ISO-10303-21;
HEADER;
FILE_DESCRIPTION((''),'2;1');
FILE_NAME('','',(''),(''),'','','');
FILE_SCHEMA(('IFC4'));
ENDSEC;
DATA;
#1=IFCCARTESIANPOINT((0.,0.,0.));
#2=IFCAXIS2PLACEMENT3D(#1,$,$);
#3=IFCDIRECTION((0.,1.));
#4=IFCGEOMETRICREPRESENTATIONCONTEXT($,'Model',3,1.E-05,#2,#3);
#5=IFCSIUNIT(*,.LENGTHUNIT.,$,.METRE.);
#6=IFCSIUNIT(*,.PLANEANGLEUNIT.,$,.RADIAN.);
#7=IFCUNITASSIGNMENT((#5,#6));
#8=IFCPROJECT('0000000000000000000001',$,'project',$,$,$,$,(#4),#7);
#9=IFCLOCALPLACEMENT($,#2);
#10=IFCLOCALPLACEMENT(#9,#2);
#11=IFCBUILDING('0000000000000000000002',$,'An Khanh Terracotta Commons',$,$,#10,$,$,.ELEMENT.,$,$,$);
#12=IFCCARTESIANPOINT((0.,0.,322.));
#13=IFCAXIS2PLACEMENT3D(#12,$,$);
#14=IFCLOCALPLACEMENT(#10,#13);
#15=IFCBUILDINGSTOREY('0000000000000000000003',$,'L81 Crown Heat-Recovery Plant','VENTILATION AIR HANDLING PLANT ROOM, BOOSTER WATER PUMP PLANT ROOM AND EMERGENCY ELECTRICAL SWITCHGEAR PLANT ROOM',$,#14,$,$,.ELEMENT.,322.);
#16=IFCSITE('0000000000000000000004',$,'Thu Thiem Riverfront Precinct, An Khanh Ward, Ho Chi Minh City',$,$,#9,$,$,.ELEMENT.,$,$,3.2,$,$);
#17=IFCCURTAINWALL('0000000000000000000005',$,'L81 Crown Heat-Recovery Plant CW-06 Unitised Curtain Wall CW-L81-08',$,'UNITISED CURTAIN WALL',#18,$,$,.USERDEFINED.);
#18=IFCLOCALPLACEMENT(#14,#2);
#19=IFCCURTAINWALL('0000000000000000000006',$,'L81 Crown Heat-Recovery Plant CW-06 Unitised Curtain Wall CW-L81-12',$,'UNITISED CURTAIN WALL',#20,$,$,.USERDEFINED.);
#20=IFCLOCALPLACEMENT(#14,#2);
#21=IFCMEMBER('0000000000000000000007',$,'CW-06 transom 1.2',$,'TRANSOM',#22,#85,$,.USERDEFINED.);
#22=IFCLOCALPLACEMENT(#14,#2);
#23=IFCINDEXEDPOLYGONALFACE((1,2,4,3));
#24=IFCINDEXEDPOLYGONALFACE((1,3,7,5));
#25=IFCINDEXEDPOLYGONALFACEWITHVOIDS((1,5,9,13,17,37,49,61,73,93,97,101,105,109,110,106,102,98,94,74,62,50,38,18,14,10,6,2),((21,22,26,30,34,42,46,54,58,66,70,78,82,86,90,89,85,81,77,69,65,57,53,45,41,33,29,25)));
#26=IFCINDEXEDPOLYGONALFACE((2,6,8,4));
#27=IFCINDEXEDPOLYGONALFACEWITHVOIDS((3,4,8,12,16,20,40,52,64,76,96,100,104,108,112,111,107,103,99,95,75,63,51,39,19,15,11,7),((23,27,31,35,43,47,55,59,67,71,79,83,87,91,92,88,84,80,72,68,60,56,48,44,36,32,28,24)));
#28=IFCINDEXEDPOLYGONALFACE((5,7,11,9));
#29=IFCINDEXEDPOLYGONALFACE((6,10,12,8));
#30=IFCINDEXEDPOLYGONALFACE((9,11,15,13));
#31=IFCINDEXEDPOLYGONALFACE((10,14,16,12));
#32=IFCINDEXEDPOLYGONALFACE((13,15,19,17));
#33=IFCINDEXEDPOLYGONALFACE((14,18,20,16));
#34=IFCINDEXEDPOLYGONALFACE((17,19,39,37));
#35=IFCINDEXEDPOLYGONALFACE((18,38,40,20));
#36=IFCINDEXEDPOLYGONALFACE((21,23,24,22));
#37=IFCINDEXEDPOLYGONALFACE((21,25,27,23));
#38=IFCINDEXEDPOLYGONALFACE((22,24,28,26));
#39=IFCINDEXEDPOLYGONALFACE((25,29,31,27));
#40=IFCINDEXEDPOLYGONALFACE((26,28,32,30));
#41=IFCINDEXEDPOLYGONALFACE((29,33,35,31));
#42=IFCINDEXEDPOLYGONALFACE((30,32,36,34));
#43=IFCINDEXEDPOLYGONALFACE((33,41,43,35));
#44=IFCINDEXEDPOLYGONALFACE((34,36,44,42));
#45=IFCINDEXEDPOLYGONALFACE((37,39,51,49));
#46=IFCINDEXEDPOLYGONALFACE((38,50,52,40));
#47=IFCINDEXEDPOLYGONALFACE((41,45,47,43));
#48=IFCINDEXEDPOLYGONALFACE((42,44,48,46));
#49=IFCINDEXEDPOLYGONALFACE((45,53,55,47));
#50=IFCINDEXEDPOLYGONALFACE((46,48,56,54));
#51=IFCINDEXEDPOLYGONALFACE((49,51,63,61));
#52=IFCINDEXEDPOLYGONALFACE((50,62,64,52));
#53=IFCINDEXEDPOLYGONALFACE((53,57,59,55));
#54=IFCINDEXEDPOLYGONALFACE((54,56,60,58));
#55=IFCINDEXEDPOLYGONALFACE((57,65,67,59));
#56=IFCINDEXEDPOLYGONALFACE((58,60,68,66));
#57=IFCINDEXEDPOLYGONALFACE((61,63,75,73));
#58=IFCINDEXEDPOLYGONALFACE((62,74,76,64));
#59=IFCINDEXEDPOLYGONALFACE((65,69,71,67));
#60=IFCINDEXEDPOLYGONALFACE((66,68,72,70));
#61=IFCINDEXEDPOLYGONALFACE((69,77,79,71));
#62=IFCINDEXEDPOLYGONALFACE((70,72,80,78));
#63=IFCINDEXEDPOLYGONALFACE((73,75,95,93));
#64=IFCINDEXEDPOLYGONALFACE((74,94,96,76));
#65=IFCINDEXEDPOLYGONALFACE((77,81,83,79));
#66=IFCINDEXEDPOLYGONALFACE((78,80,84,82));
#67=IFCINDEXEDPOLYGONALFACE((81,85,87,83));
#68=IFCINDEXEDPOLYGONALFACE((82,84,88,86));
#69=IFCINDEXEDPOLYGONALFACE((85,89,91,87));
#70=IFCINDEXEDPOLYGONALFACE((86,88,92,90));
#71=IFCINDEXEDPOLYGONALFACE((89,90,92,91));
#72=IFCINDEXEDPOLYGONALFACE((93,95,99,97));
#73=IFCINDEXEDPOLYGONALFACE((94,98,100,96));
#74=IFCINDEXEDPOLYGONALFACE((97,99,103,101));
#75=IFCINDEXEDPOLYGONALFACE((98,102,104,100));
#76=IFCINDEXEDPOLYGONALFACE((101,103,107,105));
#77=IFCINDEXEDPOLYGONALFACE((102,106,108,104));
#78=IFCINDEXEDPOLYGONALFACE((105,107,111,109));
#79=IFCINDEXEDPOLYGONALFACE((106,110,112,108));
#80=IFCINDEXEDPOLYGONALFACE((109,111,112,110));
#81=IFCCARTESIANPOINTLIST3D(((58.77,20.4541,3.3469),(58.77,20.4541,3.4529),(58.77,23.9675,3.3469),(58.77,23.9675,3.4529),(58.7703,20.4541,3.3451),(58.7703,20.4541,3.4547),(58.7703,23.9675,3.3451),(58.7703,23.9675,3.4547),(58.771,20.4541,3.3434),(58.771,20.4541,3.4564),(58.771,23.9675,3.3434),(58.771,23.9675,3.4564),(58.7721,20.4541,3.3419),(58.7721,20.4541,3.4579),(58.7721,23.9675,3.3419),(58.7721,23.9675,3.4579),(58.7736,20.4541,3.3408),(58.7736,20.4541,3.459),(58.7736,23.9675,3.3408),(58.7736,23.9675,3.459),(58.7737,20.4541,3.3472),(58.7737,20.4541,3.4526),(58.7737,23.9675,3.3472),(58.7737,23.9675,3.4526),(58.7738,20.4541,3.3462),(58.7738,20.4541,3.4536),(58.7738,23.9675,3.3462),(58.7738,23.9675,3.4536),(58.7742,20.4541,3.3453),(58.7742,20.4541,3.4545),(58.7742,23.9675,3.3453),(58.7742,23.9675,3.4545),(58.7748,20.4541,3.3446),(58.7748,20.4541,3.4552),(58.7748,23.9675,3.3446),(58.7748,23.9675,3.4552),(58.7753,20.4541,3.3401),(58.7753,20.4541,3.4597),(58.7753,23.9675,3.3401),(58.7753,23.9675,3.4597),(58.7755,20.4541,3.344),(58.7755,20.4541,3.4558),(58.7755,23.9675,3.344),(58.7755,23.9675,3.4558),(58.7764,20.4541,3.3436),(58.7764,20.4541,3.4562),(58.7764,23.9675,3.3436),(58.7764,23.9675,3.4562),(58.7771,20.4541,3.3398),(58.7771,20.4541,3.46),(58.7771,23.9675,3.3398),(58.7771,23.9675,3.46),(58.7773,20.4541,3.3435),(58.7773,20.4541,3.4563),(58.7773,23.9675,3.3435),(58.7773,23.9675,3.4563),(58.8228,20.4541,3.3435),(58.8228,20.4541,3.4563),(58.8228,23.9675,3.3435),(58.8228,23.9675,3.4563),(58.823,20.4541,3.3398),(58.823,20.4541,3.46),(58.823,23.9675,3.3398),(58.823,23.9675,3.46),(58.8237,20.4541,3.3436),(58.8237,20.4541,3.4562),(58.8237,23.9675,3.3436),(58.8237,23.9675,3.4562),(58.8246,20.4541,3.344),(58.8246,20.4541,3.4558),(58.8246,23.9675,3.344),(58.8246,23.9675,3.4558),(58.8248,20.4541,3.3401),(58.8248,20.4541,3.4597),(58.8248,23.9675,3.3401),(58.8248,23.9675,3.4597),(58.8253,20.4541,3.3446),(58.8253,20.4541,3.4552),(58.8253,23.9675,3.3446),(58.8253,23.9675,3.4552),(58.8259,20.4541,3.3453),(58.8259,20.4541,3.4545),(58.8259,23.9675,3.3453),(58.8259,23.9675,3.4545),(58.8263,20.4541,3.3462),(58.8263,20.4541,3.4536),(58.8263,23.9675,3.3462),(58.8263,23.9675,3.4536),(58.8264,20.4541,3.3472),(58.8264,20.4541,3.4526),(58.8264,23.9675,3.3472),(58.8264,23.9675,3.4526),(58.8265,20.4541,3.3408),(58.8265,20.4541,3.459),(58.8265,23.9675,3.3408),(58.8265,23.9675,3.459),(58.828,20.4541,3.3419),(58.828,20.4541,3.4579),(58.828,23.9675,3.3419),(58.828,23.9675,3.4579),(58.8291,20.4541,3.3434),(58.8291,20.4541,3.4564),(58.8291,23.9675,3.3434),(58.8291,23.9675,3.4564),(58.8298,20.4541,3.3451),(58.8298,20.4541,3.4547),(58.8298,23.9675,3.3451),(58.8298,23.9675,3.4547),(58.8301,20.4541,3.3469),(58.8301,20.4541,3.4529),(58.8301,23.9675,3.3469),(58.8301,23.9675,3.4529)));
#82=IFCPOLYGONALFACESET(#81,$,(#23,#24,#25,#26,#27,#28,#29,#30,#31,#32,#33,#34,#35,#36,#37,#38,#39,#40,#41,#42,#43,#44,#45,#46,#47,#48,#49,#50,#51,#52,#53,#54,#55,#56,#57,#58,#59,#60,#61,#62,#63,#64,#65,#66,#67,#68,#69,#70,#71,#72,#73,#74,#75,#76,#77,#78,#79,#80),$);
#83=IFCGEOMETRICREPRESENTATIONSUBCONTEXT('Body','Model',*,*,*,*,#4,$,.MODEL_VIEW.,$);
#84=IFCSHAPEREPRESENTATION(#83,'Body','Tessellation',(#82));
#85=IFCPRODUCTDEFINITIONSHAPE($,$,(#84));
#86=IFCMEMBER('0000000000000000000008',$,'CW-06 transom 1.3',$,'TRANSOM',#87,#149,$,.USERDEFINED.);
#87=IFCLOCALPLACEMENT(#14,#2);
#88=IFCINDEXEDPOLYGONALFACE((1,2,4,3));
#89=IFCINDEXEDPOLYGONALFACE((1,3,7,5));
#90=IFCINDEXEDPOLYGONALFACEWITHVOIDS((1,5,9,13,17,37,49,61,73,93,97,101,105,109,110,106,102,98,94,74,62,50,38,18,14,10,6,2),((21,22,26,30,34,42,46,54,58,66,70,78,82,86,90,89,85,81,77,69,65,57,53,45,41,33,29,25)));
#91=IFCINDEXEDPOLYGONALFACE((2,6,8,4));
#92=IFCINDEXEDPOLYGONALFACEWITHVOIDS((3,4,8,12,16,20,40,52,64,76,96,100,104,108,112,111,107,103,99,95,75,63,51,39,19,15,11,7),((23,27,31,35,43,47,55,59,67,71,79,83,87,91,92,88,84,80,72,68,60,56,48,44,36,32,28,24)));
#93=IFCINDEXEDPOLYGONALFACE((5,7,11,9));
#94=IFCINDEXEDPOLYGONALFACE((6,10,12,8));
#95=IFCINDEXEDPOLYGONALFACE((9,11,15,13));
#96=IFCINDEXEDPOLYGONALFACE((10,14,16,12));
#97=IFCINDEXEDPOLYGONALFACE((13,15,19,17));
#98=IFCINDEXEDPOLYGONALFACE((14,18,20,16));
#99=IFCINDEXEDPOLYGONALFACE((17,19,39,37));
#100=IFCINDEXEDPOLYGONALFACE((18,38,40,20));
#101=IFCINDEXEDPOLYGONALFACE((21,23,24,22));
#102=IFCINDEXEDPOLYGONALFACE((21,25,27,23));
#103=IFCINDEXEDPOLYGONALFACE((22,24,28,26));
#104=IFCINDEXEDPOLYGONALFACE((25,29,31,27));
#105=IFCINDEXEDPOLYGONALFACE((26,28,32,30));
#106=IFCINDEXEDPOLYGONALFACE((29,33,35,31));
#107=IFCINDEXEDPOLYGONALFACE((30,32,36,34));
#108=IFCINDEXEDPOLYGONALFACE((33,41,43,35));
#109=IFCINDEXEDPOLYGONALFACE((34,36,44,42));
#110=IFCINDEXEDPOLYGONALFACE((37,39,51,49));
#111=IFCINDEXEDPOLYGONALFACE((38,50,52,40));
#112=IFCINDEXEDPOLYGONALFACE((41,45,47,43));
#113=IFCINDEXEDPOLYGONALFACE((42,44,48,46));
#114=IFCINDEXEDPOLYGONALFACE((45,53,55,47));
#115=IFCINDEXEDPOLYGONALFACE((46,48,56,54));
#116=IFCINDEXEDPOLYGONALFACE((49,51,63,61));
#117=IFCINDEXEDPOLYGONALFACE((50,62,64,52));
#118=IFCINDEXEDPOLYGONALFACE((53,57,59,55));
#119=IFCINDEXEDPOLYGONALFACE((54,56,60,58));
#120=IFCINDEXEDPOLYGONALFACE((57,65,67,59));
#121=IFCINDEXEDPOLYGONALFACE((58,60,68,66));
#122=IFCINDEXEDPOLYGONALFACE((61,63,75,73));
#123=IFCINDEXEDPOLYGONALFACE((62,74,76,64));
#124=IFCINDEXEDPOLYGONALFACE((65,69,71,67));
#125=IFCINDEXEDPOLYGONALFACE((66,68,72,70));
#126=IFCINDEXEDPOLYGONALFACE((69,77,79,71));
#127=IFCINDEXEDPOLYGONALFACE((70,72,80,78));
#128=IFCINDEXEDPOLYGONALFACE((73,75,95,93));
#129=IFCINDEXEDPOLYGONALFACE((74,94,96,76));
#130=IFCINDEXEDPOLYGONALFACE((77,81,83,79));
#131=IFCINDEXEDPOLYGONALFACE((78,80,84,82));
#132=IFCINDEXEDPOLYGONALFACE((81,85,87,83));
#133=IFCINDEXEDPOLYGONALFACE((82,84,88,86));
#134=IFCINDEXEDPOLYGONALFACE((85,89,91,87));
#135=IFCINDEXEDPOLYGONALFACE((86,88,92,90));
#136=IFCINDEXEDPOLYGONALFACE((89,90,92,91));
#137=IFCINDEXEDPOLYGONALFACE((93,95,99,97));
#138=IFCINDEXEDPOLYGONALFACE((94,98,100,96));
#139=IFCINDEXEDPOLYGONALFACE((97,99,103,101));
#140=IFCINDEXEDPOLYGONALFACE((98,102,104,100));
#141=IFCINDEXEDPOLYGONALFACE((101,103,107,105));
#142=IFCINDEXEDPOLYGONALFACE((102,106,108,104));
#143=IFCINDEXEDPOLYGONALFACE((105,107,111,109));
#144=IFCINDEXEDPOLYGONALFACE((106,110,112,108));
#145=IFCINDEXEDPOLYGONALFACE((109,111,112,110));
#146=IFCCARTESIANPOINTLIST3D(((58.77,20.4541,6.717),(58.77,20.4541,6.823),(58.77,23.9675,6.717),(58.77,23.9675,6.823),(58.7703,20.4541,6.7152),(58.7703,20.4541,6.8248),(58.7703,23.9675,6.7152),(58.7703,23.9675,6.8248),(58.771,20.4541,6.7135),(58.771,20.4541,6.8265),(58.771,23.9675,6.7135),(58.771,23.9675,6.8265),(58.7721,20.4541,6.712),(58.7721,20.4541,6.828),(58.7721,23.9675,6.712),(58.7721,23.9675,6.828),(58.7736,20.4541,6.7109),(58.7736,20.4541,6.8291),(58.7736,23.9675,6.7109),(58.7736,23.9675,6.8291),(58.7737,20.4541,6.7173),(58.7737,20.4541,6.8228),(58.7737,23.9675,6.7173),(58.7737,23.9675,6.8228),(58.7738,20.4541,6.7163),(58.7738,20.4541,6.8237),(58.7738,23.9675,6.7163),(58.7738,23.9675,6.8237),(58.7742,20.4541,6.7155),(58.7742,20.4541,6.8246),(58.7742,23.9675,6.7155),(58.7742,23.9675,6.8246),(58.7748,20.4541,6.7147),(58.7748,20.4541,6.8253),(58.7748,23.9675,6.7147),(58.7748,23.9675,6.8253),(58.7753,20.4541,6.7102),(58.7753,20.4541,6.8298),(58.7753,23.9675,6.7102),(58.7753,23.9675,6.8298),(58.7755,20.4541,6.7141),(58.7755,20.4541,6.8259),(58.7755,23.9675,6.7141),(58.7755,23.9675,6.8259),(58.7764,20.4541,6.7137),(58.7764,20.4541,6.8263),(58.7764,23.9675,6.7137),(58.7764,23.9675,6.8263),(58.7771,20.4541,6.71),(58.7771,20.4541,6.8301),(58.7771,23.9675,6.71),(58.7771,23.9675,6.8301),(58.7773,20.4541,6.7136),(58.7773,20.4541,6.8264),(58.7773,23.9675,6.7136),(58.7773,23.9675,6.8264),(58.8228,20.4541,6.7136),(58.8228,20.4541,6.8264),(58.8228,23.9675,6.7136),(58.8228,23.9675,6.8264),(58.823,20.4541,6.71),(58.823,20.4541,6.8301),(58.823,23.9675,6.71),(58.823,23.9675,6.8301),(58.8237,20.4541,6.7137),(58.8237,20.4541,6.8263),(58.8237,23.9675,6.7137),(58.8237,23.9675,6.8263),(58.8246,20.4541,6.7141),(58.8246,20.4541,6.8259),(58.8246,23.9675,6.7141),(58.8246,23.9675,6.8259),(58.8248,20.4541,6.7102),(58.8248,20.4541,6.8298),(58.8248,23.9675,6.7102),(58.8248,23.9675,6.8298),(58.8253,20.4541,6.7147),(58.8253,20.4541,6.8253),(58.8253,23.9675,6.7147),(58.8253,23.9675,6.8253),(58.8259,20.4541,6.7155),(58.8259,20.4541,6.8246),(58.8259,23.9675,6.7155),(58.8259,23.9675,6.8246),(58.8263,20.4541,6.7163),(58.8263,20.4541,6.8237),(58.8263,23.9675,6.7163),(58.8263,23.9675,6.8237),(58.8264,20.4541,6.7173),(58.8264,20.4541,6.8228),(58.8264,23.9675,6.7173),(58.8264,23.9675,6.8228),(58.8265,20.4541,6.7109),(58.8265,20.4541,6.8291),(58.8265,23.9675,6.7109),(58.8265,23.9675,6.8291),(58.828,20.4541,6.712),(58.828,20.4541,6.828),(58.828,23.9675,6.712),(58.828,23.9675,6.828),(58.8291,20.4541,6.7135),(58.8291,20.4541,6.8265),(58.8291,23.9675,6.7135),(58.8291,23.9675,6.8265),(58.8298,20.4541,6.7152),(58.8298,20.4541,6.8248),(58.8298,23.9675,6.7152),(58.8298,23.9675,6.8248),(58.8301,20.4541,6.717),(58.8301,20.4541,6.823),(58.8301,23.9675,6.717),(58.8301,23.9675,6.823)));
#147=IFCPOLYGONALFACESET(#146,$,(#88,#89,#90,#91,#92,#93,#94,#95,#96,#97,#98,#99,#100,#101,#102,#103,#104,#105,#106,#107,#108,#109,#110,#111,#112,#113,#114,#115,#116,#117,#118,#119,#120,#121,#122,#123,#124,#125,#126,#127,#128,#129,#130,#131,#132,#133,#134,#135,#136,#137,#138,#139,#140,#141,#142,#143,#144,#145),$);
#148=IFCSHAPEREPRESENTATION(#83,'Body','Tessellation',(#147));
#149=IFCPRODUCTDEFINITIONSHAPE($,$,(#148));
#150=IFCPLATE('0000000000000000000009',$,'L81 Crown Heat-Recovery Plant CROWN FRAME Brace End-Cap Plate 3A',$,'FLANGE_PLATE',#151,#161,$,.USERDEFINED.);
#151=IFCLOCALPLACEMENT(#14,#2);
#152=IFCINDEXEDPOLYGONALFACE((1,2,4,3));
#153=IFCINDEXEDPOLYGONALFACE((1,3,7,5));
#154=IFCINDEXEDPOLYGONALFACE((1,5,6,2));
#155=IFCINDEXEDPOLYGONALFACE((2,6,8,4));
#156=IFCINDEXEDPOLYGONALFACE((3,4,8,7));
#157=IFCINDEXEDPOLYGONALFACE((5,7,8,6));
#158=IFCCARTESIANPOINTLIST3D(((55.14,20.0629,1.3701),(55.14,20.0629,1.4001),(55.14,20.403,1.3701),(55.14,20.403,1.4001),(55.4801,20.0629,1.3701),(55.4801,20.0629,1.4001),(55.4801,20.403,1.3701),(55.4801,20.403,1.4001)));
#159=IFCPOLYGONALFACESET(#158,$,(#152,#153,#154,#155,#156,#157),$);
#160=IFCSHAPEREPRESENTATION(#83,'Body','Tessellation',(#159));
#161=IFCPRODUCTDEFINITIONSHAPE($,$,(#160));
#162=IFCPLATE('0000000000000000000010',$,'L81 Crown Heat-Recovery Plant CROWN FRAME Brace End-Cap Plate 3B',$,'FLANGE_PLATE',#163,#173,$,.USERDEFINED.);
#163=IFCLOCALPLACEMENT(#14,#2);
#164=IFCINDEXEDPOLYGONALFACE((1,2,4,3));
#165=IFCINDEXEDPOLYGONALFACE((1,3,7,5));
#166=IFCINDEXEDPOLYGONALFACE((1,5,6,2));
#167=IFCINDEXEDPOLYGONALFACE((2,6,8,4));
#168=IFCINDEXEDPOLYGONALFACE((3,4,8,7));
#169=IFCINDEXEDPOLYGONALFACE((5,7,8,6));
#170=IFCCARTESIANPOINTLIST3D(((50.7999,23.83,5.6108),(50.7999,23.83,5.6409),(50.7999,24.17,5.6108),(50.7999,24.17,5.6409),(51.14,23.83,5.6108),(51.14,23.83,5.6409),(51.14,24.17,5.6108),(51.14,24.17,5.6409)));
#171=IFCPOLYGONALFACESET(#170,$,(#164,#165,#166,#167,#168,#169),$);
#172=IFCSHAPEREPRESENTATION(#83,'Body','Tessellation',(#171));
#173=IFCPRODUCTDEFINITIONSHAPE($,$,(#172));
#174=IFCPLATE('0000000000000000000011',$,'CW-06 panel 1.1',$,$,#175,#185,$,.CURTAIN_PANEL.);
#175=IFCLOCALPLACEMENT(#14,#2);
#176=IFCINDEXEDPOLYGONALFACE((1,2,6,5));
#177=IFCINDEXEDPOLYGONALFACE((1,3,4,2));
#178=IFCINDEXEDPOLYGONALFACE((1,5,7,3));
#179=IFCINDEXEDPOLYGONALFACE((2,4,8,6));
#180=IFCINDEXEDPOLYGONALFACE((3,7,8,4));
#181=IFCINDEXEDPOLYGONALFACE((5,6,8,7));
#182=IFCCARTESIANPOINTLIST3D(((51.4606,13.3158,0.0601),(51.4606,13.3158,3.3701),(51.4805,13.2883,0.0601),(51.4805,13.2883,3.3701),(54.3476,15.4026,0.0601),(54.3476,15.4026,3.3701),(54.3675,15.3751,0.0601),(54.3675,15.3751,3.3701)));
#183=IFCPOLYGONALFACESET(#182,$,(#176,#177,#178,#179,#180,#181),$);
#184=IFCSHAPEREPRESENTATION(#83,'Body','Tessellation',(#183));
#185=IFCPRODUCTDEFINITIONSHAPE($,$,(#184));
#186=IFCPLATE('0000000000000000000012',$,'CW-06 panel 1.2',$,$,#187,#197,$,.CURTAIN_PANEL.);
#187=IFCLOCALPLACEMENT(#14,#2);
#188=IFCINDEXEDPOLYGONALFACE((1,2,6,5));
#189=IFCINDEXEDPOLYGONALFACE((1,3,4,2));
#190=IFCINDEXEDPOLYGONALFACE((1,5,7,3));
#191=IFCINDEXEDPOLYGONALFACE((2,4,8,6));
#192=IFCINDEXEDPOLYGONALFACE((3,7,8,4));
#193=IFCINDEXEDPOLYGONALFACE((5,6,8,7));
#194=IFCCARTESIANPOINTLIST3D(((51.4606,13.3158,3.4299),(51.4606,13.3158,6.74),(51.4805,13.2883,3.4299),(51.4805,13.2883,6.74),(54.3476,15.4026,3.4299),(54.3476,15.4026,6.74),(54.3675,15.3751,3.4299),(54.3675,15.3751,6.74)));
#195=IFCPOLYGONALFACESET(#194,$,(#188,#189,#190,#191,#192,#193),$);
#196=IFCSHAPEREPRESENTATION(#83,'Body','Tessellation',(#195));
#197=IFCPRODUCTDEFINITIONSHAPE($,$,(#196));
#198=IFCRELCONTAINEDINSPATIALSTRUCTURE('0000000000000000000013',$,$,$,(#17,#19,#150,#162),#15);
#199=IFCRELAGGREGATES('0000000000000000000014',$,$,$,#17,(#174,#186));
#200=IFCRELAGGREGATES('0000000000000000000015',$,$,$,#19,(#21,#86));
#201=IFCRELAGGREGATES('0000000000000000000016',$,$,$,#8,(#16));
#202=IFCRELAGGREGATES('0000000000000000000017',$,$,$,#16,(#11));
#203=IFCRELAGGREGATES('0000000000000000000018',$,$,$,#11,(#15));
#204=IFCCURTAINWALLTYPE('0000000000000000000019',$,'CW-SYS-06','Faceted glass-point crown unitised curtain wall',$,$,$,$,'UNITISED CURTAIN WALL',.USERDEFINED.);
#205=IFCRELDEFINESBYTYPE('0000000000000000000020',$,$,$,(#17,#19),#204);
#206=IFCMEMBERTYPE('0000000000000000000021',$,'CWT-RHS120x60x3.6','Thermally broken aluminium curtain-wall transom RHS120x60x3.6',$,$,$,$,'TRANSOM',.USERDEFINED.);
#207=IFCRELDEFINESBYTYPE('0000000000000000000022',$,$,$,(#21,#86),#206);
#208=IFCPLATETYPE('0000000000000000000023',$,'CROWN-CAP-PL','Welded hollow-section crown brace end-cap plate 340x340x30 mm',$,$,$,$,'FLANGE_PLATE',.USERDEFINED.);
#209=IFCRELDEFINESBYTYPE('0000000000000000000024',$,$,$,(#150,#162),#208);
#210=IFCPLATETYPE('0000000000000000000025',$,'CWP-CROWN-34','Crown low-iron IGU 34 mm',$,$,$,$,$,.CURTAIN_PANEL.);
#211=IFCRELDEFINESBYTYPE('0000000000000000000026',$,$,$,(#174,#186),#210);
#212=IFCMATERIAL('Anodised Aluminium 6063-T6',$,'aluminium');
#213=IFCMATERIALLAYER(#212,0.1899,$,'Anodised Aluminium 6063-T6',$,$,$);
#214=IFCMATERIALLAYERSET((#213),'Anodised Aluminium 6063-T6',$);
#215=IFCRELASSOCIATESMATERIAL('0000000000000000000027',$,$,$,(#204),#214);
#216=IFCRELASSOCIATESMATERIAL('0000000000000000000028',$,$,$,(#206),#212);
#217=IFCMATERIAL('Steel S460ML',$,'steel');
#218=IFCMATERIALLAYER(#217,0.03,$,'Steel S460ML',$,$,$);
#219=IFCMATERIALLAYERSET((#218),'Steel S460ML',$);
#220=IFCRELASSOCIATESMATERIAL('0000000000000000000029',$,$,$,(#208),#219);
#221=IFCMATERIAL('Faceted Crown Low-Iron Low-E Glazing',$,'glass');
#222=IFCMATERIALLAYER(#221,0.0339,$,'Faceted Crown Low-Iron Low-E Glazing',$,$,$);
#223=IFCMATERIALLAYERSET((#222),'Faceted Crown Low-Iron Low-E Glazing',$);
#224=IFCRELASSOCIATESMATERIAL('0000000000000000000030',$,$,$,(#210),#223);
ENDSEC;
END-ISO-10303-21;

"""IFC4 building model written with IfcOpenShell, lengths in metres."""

from ifc_helpers import new_model, si_unit, direction, frame, origin, origin_2d, place, context, subcontext, project, spatial, rectangle, hollow_rectangle, extrude, material, layer, layer_set, material_profile, profile_set, type_object, element, aggregate, save


model = new_model("IFC4")

# Units and contexts
model_context = context("Model", 3, precision=1e-05, world=origin(), true_north=direction((0.0, 1.0)))
body_context = subcontext(model_context, "Body", "Model", "MODEL_VIEW")
ifc_project = project(units=[si_unit("LENGTHUNIT", "METRE"), si_unit("PLANEANGLEUNIT", "RADIAN")], contexts=[model_context])

# Site, building, storey
site_placement = place(None, origin())
site = spatial("IfcSite", under=ifc_project, at=site_placement, Name="Thu Thiem Riverfront Precinct, An Khanh Ward, Ho Chi Minh City", CompositionType="ELEMENT", RefElevation=3.2)
building_placement = place(site_placement, origin())
building = spatial("IfcBuilding", under=site, at=building_placement, Name="An Khanh Terracotta Commons", CompositionType="ELEMENT")
storey_placement = place(building_placement, frame((0.0, 0.0, 322.0)))
storey = spatial("IfcBuildingStorey", under=building, at=storey_placement, Name="L81 Crown Heat-Recovery Plant", Description="VENTILATION AIR HANDLING PLANT ROOM, BOOSTER WATER PUMP PLANT ROOM AND EMERGENCY ELECTRICAL SWITCHGEAR PLANT ROOM", CompositionType="ELEMENT", Elevation=322.0)

# Shared definitions
ifc_material_1 = material(Name="Steel S460ML", Category="steel")

# Shared definitions
ifc_material_2 = material(Name="Anodised Aluminium 6063-T6", Category="aluminium")
ifc_layer_1 = layer(ifc_material_2, 0.1899, Name="Anodised Aluminium 6063-T6")
ifc_layer_set_1 = layer_set([ifc_layer_1], Name="Anodised Aluminium 6063-T6")
curtain_wall_type = type_object("IfcCurtainWallType", Name="CW-SYS-06", Description="Faceted glass-point crown unitised curtain wall", ElementType="UNITISED CURTAIN WALL", PredefinedType="USERDEFINED", material=ifc_layer_set_1)

# Curtain wall
curtain_wall_1_placement = place(storey_placement, origin())
curtain_wall_1 = element("IfcCurtainWall", 1, at=curtain_wall_1_placement, inside=storey, type_object=curtain_wall_type, Name="L81 Crown Heat-Recovery Plant CW-06 Unitised Curtain Wall CW-L81-08", ObjectType="UNITISED CURTAIN WALL", PredefinedType="USERDEFINED")

# Curtain wall
curtain_wall_2_placement = place(storey_placement, origin())
curtain_wall_2 = element("IfcCurtainWall", 2, at=curtain_wall_2_placement, inside=storey, type_object=curtain_wall_type, Name="L81 Crown Heat-Recovery Plant CW-06 Unitised Curtain Wall CW-L81-12", ObjectType="UNITISED CURTAIN WALL", PredefinedType="USERDEFINED")

# Members
ifc_material_profile_1 = material_profile(ifc_material_2, hollow_rectangle(XDim=0.0601, YDim=0.1201, WallThickness=0.0037, InnerFilletRadius=0.0037, OuterFilletRadius=0.0071, at=origin_2d()), Name="RHS120x60x3.6")
ifc_profile_set_1 = profile_set([ifc_material_profile_1], Name="Anodised Aluminium 6063-T6")
member_type_1 = type_object("IfcMemberType", Name="CWT-RHS120x60x3.6", Description="Thermally broken aluminium curtain-wall transom RHS120x60x3.6", ElementType="TRANSOM", PredefinedType="USERDEFINED", material=ifc_profile_set_1)
member_1_placement = place(storey_placement, frame((58.8, 20.4541, 3.3999), z_axis=(0.0, 1.0, 0.0), x_axis=(-1.0, 0.0, 0.0)))
member_1 = element("IfcMember", 3, at=member_1_placement, type_object=member_type_1, Name="CW-06 transom 1.2", ObjectType="TRANSOM", PredefinedType="USERDEFINED", context=body_context, shape_type="SweptSolid", body=[
    extrude(hollow_rectangle(XDim=0.0601, YDim=0.1201, WallThickness=0.0037, InnerFilletRadius=0.0037, OuterFilletRadius=0.0071, at=origin_2d()), origin(), (0.0, 0.0, 1.0), 3.5134),
])
member_2_placement = place(storey_placement, frame((58.8, 20.4541, 6.77), z_axis=(0.0, 1.0, 0.0), x_axis=(-1.0, 0.0, 0.0)))
member_2 = element("IfcMember", 4, at=member_2_placement, type_object=member_type_1, Name="CW-06 transom 1.3", ObjectType="TRANSOM", PredefinedType="USERDEFINED", context=body_context, shape_type="SweptSolid", body=[
    extrude(hollow_rectangle(XDim=0.0601, YDim=0.1201, WallThickness=0.0037, InnerFilletRadius=0.0037, OuterFilletRadius=0.0071, at=origin_2d()), origin(), (0.0, 0.0, 1.0), 3.5134),
])

# Plates
ifc_layer_2 = layer(ifc_material_1, 0.03, Name="Steel S460ML")
ifc_layer_set_2 = layer_set([ifc_layer_2], Name="Steel S460ML")
plate_type_1 = type_object("IfcPlateType", Name="CROWN-CAP-PL", Description="Welded hollow-section crown brace end-cap plate 340x340x30 mm", ElementType="FLANGE_PLATE", PredefinedType="USERDEFINED", material=ifc_layer_set_2)
for number, where, z_axis, x_axis, name in (
    (5, (55.3101, 20.2329, 1.3701), (0.0, 0.0, 1.0), (1.0, 0.0, 0.0), "L81 Crown Heat-Recovery Plant CROWN FRAME Brace End-Cap Plate 3A"),
    (6, (50.97, 24.0, 5.6108), (0.0, 0.0, 1.0), (1.0, 0.0, 0.0), "L81 Crown Heat-Recovery Plant CROWN FRAME Brace End-Cap Plate 3B"),
):
    element("IfcPlate", number, at=place(storey_placement, frame(where, z_axis=z_axis, x_axis=x_axis)), inside=storey, type_object=plate_type_1, Name=name, ObjectType="FLANGE_PLATE", PredefinedType="USERDEFINED", context=body_context, shape_type="SweptSolid", body=[
        extrude(rectangle(XDim=0.3401, YDim=0.3401, at=origin_2d()), origin(), (0.0, 0.0, 1.0), 0.03),
    ])

# Plates
ifc_material_3 = material(Name="Faceted Crown Low-Iron Low-E Glazing", Category="glass")
ifc_layer_3 = layer(ifc_material_3, 0.0339, Name="Faceted Crown Low-Iron Low-E Glazing")
ifc_layer_set_3 = layer_set([ifc_layer_3], Name="Faceted Crown Low-Iron Low-E Glazing")
plate_type_2 = type_object("IfcPlateType", Name="CWP-CROWN-34", Description="Crown low-iron IGU 34 mm", PredefinedType="CURTAIN_PANEL", material=ifc_layer_set_3)
plate_1_placement = place(storey_placement, frame((52.9141, 14.3455, 0.0601), z_axis=(0.0, 0.0, 1.0), x_axis=(0.810434, 0.58583, 0.0)))
plate_1 = element("IfcPlate", 7, at=plate_1_placement, type_object=plate_type_2, Name="CW-06 panel 1.1", PredefinedType="CURTAIN_PANEL", context=body_context, shape_type="SweptSolid", body=[
    extrude(rectangle(XDim=3.5623, YDim=0.0339, at=origin_2d()), origin(), (0.0, 0.0, 1.0), 3.3101),
])
plate_2_placement = place(storey_placement, frame((52.9141, 14.3455, 3.4299), z_axis=(0.0, 0.0, 1.0), x_axis=(0.810434, 0.58583, 0.0)))
plate_2 = element("IfcPlate", 8, at=plate_2_placement, type_object=plate_type_2, Name="CW-06 panel 1.2", PredefinedType="CURTAIN_PANEL", context=body_context, shape_type="SweptSolid", body=[
    extrude(rectangle(XDim=3.5623, YDim=0.0339, at=origin_2d()), origin(), (0.0, 0.0, 1.0), 3.3101),
])
aggregate(curtain_wall_1, [plate_1, plate_2])
aggregate(curtain_wall_2, [member_1, member_2])

save(model, "model.ifc")
